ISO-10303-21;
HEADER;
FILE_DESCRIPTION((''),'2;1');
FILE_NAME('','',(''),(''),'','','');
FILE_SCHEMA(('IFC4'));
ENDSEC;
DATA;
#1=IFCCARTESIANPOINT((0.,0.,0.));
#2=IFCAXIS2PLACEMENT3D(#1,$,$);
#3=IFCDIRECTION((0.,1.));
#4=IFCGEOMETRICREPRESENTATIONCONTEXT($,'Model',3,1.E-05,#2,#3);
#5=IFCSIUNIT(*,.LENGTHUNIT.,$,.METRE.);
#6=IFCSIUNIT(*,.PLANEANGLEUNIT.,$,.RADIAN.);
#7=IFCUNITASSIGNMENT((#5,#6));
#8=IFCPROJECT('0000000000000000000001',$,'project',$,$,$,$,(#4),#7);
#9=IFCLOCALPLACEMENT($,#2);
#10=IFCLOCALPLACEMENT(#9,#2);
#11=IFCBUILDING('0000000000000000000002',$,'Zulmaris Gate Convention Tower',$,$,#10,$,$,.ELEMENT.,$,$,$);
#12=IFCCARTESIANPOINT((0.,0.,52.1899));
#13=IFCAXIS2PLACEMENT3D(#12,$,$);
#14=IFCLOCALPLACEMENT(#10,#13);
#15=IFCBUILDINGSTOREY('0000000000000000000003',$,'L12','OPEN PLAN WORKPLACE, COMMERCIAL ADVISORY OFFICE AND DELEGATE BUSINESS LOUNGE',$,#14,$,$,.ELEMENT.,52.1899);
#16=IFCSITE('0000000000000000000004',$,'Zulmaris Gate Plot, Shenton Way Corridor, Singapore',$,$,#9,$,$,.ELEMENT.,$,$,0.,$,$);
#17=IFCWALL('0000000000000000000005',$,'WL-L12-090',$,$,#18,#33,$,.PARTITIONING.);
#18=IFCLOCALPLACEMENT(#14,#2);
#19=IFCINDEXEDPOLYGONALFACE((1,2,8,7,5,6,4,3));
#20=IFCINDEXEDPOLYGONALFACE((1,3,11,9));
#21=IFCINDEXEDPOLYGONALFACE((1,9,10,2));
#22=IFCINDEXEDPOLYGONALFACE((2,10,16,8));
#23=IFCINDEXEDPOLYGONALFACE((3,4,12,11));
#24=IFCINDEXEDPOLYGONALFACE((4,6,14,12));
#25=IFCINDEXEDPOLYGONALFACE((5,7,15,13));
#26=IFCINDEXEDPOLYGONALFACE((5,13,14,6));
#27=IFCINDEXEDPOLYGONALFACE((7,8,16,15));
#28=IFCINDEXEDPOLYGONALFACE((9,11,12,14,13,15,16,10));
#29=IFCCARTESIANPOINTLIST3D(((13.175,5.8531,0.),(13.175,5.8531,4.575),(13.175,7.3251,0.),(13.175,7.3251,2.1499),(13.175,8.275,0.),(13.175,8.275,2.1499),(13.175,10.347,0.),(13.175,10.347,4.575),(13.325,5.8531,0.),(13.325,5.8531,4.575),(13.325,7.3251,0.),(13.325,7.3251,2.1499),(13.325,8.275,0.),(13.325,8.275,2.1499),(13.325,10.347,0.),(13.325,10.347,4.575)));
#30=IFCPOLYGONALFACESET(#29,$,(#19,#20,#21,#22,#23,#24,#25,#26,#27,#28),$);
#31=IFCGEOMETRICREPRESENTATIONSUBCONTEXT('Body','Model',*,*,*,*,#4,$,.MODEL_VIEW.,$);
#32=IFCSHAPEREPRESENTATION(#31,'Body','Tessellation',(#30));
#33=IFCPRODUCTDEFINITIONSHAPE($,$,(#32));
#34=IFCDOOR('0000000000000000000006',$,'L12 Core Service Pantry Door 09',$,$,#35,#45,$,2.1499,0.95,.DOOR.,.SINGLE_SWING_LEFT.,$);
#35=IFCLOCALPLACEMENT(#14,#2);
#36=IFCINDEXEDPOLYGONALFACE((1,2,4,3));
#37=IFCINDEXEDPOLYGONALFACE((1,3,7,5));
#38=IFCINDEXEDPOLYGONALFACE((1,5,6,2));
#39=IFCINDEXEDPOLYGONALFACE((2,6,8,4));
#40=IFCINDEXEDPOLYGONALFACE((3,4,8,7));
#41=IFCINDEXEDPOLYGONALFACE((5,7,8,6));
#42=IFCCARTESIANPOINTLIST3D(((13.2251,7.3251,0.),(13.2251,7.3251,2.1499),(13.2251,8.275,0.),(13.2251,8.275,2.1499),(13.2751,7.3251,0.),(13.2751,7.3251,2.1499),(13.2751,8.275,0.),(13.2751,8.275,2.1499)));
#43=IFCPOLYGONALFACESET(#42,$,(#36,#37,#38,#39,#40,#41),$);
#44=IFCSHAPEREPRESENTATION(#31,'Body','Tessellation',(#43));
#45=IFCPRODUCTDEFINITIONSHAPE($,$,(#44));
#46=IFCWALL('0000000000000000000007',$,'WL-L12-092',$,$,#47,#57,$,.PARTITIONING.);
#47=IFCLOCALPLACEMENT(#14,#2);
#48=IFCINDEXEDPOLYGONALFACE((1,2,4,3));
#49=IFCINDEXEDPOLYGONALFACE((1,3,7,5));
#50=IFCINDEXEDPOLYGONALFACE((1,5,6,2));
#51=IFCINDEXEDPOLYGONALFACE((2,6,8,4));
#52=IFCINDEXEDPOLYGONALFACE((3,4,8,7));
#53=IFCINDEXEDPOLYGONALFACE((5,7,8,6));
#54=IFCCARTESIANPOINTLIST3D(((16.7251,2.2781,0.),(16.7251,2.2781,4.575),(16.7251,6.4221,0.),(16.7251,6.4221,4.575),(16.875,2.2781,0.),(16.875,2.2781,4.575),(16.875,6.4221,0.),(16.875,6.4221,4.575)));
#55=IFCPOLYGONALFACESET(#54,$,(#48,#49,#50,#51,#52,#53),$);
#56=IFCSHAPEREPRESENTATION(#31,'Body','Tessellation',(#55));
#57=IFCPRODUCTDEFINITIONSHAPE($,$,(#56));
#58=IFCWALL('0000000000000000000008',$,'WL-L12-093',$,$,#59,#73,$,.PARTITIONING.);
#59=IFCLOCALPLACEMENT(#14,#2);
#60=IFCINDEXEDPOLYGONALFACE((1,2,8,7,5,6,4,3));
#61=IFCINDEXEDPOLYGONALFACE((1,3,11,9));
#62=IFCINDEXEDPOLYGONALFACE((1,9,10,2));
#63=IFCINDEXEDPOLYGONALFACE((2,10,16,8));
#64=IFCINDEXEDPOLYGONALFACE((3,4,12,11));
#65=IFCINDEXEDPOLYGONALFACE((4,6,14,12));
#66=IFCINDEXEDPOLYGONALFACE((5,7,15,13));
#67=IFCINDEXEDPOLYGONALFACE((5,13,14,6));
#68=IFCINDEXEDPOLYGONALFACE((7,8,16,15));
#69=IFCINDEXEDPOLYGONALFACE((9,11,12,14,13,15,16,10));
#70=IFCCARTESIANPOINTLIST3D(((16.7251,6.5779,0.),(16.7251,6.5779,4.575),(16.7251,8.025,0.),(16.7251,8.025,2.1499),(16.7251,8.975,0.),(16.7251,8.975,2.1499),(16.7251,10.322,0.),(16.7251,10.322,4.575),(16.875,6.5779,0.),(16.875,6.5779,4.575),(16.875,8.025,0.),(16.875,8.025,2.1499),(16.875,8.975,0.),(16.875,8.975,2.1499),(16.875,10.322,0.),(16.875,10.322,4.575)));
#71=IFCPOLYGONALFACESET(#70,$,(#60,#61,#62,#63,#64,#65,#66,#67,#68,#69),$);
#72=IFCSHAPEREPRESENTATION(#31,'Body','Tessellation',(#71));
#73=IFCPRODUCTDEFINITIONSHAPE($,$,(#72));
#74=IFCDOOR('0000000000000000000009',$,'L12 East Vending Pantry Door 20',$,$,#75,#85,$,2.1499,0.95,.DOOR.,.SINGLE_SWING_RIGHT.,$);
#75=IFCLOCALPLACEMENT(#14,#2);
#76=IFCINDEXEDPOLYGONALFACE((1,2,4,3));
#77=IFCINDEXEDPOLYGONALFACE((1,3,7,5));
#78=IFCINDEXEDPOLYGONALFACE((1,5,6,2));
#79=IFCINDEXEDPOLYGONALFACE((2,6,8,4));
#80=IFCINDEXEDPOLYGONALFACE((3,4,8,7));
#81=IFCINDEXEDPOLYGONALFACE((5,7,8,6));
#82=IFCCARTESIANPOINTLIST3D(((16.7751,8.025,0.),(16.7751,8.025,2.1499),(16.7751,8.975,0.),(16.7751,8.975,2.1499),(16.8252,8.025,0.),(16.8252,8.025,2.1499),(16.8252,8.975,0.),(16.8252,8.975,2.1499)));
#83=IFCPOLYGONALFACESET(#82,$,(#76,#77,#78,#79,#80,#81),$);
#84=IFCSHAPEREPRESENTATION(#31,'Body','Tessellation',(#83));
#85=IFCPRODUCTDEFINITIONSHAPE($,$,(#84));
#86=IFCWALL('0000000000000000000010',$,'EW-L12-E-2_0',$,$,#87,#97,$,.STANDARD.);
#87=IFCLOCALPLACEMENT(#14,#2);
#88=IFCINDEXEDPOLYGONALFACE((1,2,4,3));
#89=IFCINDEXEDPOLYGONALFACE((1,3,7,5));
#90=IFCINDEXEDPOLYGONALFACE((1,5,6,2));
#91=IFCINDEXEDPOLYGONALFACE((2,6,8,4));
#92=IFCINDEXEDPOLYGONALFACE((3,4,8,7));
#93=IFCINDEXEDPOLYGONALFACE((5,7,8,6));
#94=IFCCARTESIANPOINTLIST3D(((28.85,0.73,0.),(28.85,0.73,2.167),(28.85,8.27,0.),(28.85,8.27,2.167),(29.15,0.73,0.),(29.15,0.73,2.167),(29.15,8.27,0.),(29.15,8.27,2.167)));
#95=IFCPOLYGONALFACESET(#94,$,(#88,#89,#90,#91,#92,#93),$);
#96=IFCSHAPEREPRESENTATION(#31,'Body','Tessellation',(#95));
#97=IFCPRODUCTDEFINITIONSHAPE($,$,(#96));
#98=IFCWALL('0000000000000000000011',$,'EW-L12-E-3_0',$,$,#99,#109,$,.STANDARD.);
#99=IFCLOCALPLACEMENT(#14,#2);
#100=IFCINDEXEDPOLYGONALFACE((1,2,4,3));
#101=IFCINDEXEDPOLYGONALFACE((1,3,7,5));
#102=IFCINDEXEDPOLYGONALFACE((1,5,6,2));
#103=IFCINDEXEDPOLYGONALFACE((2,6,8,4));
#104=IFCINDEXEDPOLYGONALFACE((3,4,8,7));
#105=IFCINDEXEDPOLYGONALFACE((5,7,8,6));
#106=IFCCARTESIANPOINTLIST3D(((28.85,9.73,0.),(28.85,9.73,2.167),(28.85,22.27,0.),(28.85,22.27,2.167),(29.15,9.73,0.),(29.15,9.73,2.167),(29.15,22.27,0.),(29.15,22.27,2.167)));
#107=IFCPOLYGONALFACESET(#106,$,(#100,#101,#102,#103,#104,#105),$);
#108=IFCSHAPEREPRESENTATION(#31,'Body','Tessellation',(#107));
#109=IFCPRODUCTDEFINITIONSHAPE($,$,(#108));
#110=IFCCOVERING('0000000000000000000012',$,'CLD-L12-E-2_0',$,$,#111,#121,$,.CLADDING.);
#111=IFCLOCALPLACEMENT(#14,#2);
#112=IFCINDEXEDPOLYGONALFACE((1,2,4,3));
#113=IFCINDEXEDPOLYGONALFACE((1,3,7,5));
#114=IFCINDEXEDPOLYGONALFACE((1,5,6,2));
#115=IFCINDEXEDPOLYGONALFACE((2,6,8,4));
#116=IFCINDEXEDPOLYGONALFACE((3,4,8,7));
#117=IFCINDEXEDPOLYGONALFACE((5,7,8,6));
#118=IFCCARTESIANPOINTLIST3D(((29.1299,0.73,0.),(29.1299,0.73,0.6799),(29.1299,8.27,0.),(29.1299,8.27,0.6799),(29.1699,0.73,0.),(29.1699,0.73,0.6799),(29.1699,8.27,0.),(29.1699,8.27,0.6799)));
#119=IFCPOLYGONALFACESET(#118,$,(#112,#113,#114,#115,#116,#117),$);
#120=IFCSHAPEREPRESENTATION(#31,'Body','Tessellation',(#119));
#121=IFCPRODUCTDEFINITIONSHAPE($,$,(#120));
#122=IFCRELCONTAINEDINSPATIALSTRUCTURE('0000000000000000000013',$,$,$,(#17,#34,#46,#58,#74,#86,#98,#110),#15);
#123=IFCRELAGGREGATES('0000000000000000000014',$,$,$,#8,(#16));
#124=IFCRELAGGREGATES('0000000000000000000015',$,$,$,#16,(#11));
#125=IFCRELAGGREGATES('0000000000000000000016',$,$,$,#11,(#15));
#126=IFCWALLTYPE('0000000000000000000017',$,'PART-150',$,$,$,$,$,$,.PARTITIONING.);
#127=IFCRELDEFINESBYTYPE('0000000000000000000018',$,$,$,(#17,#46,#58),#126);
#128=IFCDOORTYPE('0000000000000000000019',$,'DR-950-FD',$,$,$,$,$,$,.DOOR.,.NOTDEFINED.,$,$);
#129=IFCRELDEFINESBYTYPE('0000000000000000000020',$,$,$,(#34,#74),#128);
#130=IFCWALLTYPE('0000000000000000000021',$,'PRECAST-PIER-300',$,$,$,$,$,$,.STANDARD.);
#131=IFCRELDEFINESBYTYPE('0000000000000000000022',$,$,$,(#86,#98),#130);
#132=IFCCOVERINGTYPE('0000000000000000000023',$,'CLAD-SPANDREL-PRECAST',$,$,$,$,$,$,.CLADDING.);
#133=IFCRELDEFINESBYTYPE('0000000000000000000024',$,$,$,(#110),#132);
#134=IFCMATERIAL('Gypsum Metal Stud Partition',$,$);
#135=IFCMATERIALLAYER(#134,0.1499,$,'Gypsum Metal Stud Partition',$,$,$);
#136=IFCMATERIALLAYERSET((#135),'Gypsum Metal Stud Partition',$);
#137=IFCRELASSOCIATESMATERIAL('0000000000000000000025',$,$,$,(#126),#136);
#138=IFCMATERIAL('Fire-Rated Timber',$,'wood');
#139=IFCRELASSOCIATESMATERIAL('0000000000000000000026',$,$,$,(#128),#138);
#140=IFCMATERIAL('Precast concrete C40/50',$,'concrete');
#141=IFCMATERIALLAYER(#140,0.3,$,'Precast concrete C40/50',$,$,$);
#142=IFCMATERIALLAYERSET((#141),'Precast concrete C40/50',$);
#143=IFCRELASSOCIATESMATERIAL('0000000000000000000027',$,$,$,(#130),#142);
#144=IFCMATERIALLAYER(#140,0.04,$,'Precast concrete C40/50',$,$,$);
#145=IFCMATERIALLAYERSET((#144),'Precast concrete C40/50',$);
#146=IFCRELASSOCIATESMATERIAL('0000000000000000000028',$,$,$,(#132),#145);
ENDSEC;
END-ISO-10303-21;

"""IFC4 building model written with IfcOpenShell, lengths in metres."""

from ifc_helpers import new_model, si_unit, direction, frame, frame_2d, origin, place, context, subcontext, project, spatial, rectangle, extrude, material, layer, layer_set, type_object, element, fill, save


model = new_model("IFC4")

# Units and contexts
model_context = context("Model", 3, precision=1e-05, world=origin(), true_north=direction((0.0, 1.0)))
body_context = subcontext(model_context, "Body", "Model", "MODEL_VIEW")
ifc_project = project(units=[si_unit("LENGTHUNIT", "METRE"), si_unit("PLANEANGLEUNIT", "RADIAN")], contexts=[model_context])

# Site, building, storey
site_placement = place(None, origin())
site = spatial("IfcSite", under=ifc_project, at=site_placement, Name="Zulmaris Gate Plot, Shenton Way Corridor, Singapore", CompositionType="ELEMENT", RefElevation=0.0)
building_placement = place(site_placement, origin())
building = spatial("IfcBuilding", under=site, at=building_placement, Name="Zulmaris Gate Convention Tower", CompositionType="ELEMENT")
storey_placement = place(building_placement, frame((0.0, 0.0, 52.1899)))
storey = spatial("IfcBuildingStorey", under=building, at=storey_placement, Name="L12", Description="OPEN PLAN WORKPLACE, COMMERCIAL ADVISORY OFFICE AND DELEGATE BUSINESS LOUNGE", CompositionType="ELEMENT", Elevation=52.1899)

# Shared definitions
ifc_material_1 = material(Name="Gypsum Metal Stud Partition")
ifc_layer_1 = layer(ifc_material_1, 0.1499, Name="Gypsum Metal Stud Partition")
ifc_layer_set_1 = layer_set([ifc_layer_1], Name="Gypsum Metal Stud Partition")
wall_type_1 = type_object("IfcWallType", Name="PART-150", PredefinedType="PARTITIONING", material=ifc_layer_set_1)
ifc_material_2 = material(Name="Fire-Rated Timber", Category="wood")
door_type = type_object("IfcDoorType", Name="DR-950-FD", OperationType="NOTDEFINED", PredefinedType="DOOR", material=ifc_material_2)

# Wall, opening, door
wall_1_placement = place(storey_placement, frame((13.25, 5.853, 0.0), z_axis=(0.0, 0.0, 1.0), x_axis=(0.0, 1.0, 0.0)))
wall_1 = element("IfcWall", 1, at=wall_1_placement, inside=storey, type_object=wall_type_1, Name="WL-L12-090", PredefinedType="PARTITIONING", context=body_context, shape_type="SweptSolid", body=[
    extrude(rectangle(XDim=4.4939, YDim=0.1499, at=frame_2d((2.2471, 0.0))), origin(), (0.0, 0.0, 1.0), 4.575),
])
opening_1_placement = place(wall_1_placement, frame((1.4719, 0.0, 0.0)))
opening_1 = element("IfcOpeningElement", 2, at=opening_1_placement, cuts=wall_1, PredefinedType="OPENING", context=body_context, shape_type="SweptSolid", body=[
    extrude(rectangle(XDim=0.95, YDim=2.1499, at=frame_2d((0.4751, 1.075))), frame((0.0, 0.085, 0.0), z_axis=(0.0, -1.0, 0.0), x_axis=(1.0, 0.0, 0.0)), (0.0, 0.0, 1.0), 0.1699),
])
door_1_placement = place(opening_1_placement, origin())
door_1 = element("IfcDoor", 3, at=door_1_placement, inside=storey, type_object=door_type, Name="L12 Core Service Pantry Door 09", OperationType="SINGLE_SWING_LEFT", OverallHeight=2.1499, OverallWidth=0.95, PredefinedType="DOOR", context=body_context, shape_type="SweptSolid", body=[
    extrude(rectangle(XDim=0.95, YDim=2.1499, at=frame_2d((0.4751, 1.075))), frame((0.0, 0.0249, 0.0), z_axis=(0.0, -1.0, 0.0), x_axis=(1.0, 0.0, 0.0)), (0.0, 0.0, 1.0), 0.05),
])
fill(opening_1, door_1)

# Wall
wall_2_placement = place(storey_placement, frame((16.8, 2.2781, 0.0), z_axis=(0.0, 0.0, 1.0), x_axis=(0.0, 1.0, 0.0)))
element("IfcWall", 4, at=wall_2_placement, inside=storey, type_object=wall_type_1, Name="WL-L12-092", PredefinedType="PARTITIONING", context=body_context, shape_type="SweptSolid", body=[
    extrude(rectangle(XDim=4.144, YDim=0.1499, at=frame_2d((2.072, 0.0))), origin(), (0.0, 0.0, 1.0), 4.575),
])

# Wall, opening, door
wall_3_placement = place(storey_placement, frame((16.8, 6.5779, 0.0), z_axis=(0.0, 0.0, 1.0), x_axis=(0.0, 1.0, 0.0)))
wall_3 = element("IfcWall", 5, at=wall_3_placement, inside=storey, type_object=wall_type_1, Name="WL-L12-093", PredefinedType="PARTITIONING", context=body_context, shape_type="SweptSolid", body=[
    extrude(rectangle(XDim=3.7441, YDim=0.1499, at=frame_2d((1.8721, 0.0))), origin(), (0.0, 0.0, 1.0), 4.575),
])
opening_2_placement = place(wall_3_placement, frame((1.447, 0.0, 0.0)))
opening_2 = element("IfcOpeningElement", 6, at=opening_2_placement, cuts=wall_3, PredefinedType="OPENING", context=body_context, shape_type="SweptSolid", body=[
    extrude(rectangle(XDim=0.95, YDim=2.1499, at=frame_2d((0.4751, 1.075))), frame((0.0, 0.085, 0.0), z_axis=(0.0, -1.0, 0.0), x_axis=(1.0, 0.0, 0.0)), (0.0, 0.0, 1.0), 0.1699),
])
door_2_placement = place(opening_2_placement, origin())
door_2 = element("IfcDoor", 7, at=door_2_placement, inside=storey, type_object=door_type, Name="L12 East Vending Pantry Door 20", OperationType="SINGLE_SWING_RIGHT", OverallHeight=2.1499, OverallWidth=0.95, PredefinedType="DOOR", context=body_context, shape_type="SweptSolid", body=[
    extrude(rectangle(XDim=0.95, YDim=2.1499, at=frame_2d((0.4751, 1.075))), frame((0.0, 0.0249, 0.0), z_axis=(0.0, -1.0, 0.0), x_axis=(1.0, 0.0, 0.0)), (0.0, 0.0, 1.0), 0.05),
])
fill(opening_2, door_2)

# Walls
ifc_material_3 = material(Name="Precast concrete C40/50", Category="concrete")
ifc_layer_2 = layer(ifc_material_3, 0.3, Name="Precast concrete C40/50")
ifc_layer_set_2 = layer_set([ifc_layer_2], Name="Precast concrete C40/50")
wall_type_2 = type_object("IfcWallType", Name="PRECAST-PIER-300", PredefinedType="STANDARD", material=ifc_layer_set_2)
wall_4_placement = place(storey_placement, frame((29.0, 0.73, 0.0), z_axis=(0.0, 0.0, 1.0), x_axis=(0.0, 1.0, 0.0)))
element("IfcWall", 8, at=wall_4_placement, inside=storey, type_object=wall_type_2, Name="EW-L12-E-2_0", PredefinedType="STANDARD", context=body_context, shape_type="SweptSolid", body=[
    extrude(rectangle(XDim=7.54, YDim=0.3, at=frame_2d((3.77, 0.0))), origin(), (0.0, 0.0, 1.0), 2.167),
])
wall_5_placement = place(storey_placement, frame((29.0, 9.73, 0.0), z_axis=(0.0, 0.0, 1.0), x_axis=(0.0, 1.0, 0.0)))
element("IfcWall", 9, at=wall_5_placement, inside=storey, type_object=wall_type_2, Name="EW-L12-E-3_0", PredefinedType="STANDARD", context=body_context, shape_type="SweptSolid", body=[
    extrude(rectangle(XDim=12.54, YDim=0.3, at=frame_2d((6.27, 0.0))), origin(), (0.0, 0.0, 1.0), 2.167),
])

# Covering
ifc_layer_3 = layer(ifc_material_3, 0.04, Name="Precast concrete C40/50")
ifc_layer_set_3 = layer_set([ifc_layer_3], Name="Precast concrete C40/50")
covering_type = type_object("IfcCoveringType", Name="CLAD-SPANDREL-PRECAST", PredefinedType="CLADDING", material=ifc_layer_set_3)
covering_placement = place(storey_placement, frame((29.1499, 0.73, 0.0), z_axis=(0.0, 0.0, 1.0), x_axis=(0.0, 1.0, 0.0)))
element("IfcCovering", 10, at=covering_placement, inside=storey, type_object=covering_type, Name="CLD-L12-E-2_0", PredefinedType="CLADDING", context=body_context, shape_type="SweptSolid", body=[
    extrude(rectangle(XDim=7.54, YDim=0.04, at=frame_2d((3.77, 0.0))), origin(), (0.0, 0.0, 1.0), 0.6799),
])

save(model, "model.ifc")
